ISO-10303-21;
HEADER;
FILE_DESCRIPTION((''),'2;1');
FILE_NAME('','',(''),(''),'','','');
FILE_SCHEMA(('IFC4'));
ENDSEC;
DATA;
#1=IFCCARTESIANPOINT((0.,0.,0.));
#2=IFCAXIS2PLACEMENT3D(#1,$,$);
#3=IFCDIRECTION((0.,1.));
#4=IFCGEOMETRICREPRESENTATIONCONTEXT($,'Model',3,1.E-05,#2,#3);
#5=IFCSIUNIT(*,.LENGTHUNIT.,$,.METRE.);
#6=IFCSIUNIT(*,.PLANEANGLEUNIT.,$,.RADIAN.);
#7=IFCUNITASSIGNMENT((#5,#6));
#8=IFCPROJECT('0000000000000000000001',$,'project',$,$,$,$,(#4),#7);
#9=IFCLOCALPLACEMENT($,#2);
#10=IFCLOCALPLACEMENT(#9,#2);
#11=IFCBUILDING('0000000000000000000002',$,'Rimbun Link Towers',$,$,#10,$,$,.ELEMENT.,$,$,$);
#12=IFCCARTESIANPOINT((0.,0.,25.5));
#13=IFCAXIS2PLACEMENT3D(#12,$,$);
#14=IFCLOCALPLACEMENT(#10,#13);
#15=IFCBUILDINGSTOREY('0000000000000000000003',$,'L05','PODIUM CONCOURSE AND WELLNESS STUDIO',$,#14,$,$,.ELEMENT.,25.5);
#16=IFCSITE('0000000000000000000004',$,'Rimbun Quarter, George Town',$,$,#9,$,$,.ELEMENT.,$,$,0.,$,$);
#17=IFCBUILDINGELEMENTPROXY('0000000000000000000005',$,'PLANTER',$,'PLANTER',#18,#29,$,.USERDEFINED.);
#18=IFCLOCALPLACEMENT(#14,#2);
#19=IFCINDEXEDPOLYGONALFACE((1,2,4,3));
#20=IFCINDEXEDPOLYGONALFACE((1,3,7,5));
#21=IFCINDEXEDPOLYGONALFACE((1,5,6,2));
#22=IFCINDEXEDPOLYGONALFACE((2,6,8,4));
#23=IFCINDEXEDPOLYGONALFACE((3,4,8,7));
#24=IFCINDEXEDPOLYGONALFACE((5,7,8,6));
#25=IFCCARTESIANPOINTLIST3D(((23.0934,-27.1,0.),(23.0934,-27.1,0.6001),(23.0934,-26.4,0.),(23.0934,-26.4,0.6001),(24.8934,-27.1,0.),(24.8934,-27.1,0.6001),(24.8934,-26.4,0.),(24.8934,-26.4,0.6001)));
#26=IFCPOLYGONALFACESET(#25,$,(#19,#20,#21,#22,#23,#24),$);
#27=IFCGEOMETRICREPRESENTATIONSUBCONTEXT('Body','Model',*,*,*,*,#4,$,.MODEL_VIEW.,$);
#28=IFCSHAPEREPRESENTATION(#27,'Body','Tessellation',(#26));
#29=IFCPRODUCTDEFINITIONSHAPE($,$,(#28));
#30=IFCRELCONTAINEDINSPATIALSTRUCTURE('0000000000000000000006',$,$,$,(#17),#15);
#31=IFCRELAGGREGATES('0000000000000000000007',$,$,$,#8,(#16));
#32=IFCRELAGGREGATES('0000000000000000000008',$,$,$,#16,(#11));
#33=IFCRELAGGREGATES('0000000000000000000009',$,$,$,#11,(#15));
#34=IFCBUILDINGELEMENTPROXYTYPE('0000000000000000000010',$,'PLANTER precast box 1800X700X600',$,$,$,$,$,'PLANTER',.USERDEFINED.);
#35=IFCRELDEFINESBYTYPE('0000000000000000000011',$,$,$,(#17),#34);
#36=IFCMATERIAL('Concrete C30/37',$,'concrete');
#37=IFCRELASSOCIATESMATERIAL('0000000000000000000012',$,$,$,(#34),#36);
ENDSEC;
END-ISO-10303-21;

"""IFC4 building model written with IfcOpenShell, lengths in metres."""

from ifc_helpers import new_model, si_unit, direction, frame, origin, origin_2d, place, context, subcontext, project, spatial, rectangle, extrude, material, type_object, element, save


model = new_model("IFC4")

# Units and contexts
model_context = context("Model", 3, precision=1e-05, world=origin(), true_north=direction((0.0, 1.0)))
body_context = subcontext(model_context, "Body", "Model", "MODEL_VIEW")
ifc_project = project(units=[si_unit("LENGTHUNIT", "METRE"), si_unit("PLANEANGLEUNIT", "RADIAN")], contexts=[model_context])

# Site, building, storey
site_placement = place(None, origin())
site = spatial("IfcSite", under=ifc_project, at=site_placement, Name="Rimbun Quarter, George Town", CompositionType="ELEMENT", RefElevation=0.0)
building_placement = place(site_placement, origin())
building = spatial("IfcBuilding", under=site, at=building_placement, Name="Rimbun Link Towers", CompositionType="ELEMENT")
storey_placement = place(building_placement, frame((0.0, 0.0, 25.5)))
storey = spatial("IfcBuildingStorey", under=building, at=storey_placement, Name="L05", Description="PODIUM CONCOURSE AND WELLNESS STUDIO", CompositionType="ELEMENT", Elevation=25.5)

# Building element proxy
ifc_material_1 = material(Name="Concrete C30/37", Category="concrete")
building_element_proxy_type = type_object("IfcBuildingElementProxyType", Name="PLANTER precast box 1800X700X600", ElementType="PLANTER", PredefinedType="USERDEFINED", material=ifc_material_1)
for number, where, z_axis, x_axis, name in (
    (1, (23.9934, -26.75, 0.0), (0.0, 0.0, 1.0), (1.0, 0.0, 0.0), "PLANTER"),
):
    element("IfcBuildingElementProxy", number, at=place(storey_placement, frame(where, z_axis=z_axis, x_axis=x_axis)), inside=storey, type_object=building_element_proxy_type, Name=name, ObjectType="PLANTER", PredefinedType="USERDEFINED", context=body_context, shape_type="SweptSolid", body=[
        extrude(rectangle(XDim=1.8, YDim=0.7, at=origin_2d()), origin(), (0.0, 0.0, 1.0), 0.6001),
    ])

save(model, "model.ifc")
